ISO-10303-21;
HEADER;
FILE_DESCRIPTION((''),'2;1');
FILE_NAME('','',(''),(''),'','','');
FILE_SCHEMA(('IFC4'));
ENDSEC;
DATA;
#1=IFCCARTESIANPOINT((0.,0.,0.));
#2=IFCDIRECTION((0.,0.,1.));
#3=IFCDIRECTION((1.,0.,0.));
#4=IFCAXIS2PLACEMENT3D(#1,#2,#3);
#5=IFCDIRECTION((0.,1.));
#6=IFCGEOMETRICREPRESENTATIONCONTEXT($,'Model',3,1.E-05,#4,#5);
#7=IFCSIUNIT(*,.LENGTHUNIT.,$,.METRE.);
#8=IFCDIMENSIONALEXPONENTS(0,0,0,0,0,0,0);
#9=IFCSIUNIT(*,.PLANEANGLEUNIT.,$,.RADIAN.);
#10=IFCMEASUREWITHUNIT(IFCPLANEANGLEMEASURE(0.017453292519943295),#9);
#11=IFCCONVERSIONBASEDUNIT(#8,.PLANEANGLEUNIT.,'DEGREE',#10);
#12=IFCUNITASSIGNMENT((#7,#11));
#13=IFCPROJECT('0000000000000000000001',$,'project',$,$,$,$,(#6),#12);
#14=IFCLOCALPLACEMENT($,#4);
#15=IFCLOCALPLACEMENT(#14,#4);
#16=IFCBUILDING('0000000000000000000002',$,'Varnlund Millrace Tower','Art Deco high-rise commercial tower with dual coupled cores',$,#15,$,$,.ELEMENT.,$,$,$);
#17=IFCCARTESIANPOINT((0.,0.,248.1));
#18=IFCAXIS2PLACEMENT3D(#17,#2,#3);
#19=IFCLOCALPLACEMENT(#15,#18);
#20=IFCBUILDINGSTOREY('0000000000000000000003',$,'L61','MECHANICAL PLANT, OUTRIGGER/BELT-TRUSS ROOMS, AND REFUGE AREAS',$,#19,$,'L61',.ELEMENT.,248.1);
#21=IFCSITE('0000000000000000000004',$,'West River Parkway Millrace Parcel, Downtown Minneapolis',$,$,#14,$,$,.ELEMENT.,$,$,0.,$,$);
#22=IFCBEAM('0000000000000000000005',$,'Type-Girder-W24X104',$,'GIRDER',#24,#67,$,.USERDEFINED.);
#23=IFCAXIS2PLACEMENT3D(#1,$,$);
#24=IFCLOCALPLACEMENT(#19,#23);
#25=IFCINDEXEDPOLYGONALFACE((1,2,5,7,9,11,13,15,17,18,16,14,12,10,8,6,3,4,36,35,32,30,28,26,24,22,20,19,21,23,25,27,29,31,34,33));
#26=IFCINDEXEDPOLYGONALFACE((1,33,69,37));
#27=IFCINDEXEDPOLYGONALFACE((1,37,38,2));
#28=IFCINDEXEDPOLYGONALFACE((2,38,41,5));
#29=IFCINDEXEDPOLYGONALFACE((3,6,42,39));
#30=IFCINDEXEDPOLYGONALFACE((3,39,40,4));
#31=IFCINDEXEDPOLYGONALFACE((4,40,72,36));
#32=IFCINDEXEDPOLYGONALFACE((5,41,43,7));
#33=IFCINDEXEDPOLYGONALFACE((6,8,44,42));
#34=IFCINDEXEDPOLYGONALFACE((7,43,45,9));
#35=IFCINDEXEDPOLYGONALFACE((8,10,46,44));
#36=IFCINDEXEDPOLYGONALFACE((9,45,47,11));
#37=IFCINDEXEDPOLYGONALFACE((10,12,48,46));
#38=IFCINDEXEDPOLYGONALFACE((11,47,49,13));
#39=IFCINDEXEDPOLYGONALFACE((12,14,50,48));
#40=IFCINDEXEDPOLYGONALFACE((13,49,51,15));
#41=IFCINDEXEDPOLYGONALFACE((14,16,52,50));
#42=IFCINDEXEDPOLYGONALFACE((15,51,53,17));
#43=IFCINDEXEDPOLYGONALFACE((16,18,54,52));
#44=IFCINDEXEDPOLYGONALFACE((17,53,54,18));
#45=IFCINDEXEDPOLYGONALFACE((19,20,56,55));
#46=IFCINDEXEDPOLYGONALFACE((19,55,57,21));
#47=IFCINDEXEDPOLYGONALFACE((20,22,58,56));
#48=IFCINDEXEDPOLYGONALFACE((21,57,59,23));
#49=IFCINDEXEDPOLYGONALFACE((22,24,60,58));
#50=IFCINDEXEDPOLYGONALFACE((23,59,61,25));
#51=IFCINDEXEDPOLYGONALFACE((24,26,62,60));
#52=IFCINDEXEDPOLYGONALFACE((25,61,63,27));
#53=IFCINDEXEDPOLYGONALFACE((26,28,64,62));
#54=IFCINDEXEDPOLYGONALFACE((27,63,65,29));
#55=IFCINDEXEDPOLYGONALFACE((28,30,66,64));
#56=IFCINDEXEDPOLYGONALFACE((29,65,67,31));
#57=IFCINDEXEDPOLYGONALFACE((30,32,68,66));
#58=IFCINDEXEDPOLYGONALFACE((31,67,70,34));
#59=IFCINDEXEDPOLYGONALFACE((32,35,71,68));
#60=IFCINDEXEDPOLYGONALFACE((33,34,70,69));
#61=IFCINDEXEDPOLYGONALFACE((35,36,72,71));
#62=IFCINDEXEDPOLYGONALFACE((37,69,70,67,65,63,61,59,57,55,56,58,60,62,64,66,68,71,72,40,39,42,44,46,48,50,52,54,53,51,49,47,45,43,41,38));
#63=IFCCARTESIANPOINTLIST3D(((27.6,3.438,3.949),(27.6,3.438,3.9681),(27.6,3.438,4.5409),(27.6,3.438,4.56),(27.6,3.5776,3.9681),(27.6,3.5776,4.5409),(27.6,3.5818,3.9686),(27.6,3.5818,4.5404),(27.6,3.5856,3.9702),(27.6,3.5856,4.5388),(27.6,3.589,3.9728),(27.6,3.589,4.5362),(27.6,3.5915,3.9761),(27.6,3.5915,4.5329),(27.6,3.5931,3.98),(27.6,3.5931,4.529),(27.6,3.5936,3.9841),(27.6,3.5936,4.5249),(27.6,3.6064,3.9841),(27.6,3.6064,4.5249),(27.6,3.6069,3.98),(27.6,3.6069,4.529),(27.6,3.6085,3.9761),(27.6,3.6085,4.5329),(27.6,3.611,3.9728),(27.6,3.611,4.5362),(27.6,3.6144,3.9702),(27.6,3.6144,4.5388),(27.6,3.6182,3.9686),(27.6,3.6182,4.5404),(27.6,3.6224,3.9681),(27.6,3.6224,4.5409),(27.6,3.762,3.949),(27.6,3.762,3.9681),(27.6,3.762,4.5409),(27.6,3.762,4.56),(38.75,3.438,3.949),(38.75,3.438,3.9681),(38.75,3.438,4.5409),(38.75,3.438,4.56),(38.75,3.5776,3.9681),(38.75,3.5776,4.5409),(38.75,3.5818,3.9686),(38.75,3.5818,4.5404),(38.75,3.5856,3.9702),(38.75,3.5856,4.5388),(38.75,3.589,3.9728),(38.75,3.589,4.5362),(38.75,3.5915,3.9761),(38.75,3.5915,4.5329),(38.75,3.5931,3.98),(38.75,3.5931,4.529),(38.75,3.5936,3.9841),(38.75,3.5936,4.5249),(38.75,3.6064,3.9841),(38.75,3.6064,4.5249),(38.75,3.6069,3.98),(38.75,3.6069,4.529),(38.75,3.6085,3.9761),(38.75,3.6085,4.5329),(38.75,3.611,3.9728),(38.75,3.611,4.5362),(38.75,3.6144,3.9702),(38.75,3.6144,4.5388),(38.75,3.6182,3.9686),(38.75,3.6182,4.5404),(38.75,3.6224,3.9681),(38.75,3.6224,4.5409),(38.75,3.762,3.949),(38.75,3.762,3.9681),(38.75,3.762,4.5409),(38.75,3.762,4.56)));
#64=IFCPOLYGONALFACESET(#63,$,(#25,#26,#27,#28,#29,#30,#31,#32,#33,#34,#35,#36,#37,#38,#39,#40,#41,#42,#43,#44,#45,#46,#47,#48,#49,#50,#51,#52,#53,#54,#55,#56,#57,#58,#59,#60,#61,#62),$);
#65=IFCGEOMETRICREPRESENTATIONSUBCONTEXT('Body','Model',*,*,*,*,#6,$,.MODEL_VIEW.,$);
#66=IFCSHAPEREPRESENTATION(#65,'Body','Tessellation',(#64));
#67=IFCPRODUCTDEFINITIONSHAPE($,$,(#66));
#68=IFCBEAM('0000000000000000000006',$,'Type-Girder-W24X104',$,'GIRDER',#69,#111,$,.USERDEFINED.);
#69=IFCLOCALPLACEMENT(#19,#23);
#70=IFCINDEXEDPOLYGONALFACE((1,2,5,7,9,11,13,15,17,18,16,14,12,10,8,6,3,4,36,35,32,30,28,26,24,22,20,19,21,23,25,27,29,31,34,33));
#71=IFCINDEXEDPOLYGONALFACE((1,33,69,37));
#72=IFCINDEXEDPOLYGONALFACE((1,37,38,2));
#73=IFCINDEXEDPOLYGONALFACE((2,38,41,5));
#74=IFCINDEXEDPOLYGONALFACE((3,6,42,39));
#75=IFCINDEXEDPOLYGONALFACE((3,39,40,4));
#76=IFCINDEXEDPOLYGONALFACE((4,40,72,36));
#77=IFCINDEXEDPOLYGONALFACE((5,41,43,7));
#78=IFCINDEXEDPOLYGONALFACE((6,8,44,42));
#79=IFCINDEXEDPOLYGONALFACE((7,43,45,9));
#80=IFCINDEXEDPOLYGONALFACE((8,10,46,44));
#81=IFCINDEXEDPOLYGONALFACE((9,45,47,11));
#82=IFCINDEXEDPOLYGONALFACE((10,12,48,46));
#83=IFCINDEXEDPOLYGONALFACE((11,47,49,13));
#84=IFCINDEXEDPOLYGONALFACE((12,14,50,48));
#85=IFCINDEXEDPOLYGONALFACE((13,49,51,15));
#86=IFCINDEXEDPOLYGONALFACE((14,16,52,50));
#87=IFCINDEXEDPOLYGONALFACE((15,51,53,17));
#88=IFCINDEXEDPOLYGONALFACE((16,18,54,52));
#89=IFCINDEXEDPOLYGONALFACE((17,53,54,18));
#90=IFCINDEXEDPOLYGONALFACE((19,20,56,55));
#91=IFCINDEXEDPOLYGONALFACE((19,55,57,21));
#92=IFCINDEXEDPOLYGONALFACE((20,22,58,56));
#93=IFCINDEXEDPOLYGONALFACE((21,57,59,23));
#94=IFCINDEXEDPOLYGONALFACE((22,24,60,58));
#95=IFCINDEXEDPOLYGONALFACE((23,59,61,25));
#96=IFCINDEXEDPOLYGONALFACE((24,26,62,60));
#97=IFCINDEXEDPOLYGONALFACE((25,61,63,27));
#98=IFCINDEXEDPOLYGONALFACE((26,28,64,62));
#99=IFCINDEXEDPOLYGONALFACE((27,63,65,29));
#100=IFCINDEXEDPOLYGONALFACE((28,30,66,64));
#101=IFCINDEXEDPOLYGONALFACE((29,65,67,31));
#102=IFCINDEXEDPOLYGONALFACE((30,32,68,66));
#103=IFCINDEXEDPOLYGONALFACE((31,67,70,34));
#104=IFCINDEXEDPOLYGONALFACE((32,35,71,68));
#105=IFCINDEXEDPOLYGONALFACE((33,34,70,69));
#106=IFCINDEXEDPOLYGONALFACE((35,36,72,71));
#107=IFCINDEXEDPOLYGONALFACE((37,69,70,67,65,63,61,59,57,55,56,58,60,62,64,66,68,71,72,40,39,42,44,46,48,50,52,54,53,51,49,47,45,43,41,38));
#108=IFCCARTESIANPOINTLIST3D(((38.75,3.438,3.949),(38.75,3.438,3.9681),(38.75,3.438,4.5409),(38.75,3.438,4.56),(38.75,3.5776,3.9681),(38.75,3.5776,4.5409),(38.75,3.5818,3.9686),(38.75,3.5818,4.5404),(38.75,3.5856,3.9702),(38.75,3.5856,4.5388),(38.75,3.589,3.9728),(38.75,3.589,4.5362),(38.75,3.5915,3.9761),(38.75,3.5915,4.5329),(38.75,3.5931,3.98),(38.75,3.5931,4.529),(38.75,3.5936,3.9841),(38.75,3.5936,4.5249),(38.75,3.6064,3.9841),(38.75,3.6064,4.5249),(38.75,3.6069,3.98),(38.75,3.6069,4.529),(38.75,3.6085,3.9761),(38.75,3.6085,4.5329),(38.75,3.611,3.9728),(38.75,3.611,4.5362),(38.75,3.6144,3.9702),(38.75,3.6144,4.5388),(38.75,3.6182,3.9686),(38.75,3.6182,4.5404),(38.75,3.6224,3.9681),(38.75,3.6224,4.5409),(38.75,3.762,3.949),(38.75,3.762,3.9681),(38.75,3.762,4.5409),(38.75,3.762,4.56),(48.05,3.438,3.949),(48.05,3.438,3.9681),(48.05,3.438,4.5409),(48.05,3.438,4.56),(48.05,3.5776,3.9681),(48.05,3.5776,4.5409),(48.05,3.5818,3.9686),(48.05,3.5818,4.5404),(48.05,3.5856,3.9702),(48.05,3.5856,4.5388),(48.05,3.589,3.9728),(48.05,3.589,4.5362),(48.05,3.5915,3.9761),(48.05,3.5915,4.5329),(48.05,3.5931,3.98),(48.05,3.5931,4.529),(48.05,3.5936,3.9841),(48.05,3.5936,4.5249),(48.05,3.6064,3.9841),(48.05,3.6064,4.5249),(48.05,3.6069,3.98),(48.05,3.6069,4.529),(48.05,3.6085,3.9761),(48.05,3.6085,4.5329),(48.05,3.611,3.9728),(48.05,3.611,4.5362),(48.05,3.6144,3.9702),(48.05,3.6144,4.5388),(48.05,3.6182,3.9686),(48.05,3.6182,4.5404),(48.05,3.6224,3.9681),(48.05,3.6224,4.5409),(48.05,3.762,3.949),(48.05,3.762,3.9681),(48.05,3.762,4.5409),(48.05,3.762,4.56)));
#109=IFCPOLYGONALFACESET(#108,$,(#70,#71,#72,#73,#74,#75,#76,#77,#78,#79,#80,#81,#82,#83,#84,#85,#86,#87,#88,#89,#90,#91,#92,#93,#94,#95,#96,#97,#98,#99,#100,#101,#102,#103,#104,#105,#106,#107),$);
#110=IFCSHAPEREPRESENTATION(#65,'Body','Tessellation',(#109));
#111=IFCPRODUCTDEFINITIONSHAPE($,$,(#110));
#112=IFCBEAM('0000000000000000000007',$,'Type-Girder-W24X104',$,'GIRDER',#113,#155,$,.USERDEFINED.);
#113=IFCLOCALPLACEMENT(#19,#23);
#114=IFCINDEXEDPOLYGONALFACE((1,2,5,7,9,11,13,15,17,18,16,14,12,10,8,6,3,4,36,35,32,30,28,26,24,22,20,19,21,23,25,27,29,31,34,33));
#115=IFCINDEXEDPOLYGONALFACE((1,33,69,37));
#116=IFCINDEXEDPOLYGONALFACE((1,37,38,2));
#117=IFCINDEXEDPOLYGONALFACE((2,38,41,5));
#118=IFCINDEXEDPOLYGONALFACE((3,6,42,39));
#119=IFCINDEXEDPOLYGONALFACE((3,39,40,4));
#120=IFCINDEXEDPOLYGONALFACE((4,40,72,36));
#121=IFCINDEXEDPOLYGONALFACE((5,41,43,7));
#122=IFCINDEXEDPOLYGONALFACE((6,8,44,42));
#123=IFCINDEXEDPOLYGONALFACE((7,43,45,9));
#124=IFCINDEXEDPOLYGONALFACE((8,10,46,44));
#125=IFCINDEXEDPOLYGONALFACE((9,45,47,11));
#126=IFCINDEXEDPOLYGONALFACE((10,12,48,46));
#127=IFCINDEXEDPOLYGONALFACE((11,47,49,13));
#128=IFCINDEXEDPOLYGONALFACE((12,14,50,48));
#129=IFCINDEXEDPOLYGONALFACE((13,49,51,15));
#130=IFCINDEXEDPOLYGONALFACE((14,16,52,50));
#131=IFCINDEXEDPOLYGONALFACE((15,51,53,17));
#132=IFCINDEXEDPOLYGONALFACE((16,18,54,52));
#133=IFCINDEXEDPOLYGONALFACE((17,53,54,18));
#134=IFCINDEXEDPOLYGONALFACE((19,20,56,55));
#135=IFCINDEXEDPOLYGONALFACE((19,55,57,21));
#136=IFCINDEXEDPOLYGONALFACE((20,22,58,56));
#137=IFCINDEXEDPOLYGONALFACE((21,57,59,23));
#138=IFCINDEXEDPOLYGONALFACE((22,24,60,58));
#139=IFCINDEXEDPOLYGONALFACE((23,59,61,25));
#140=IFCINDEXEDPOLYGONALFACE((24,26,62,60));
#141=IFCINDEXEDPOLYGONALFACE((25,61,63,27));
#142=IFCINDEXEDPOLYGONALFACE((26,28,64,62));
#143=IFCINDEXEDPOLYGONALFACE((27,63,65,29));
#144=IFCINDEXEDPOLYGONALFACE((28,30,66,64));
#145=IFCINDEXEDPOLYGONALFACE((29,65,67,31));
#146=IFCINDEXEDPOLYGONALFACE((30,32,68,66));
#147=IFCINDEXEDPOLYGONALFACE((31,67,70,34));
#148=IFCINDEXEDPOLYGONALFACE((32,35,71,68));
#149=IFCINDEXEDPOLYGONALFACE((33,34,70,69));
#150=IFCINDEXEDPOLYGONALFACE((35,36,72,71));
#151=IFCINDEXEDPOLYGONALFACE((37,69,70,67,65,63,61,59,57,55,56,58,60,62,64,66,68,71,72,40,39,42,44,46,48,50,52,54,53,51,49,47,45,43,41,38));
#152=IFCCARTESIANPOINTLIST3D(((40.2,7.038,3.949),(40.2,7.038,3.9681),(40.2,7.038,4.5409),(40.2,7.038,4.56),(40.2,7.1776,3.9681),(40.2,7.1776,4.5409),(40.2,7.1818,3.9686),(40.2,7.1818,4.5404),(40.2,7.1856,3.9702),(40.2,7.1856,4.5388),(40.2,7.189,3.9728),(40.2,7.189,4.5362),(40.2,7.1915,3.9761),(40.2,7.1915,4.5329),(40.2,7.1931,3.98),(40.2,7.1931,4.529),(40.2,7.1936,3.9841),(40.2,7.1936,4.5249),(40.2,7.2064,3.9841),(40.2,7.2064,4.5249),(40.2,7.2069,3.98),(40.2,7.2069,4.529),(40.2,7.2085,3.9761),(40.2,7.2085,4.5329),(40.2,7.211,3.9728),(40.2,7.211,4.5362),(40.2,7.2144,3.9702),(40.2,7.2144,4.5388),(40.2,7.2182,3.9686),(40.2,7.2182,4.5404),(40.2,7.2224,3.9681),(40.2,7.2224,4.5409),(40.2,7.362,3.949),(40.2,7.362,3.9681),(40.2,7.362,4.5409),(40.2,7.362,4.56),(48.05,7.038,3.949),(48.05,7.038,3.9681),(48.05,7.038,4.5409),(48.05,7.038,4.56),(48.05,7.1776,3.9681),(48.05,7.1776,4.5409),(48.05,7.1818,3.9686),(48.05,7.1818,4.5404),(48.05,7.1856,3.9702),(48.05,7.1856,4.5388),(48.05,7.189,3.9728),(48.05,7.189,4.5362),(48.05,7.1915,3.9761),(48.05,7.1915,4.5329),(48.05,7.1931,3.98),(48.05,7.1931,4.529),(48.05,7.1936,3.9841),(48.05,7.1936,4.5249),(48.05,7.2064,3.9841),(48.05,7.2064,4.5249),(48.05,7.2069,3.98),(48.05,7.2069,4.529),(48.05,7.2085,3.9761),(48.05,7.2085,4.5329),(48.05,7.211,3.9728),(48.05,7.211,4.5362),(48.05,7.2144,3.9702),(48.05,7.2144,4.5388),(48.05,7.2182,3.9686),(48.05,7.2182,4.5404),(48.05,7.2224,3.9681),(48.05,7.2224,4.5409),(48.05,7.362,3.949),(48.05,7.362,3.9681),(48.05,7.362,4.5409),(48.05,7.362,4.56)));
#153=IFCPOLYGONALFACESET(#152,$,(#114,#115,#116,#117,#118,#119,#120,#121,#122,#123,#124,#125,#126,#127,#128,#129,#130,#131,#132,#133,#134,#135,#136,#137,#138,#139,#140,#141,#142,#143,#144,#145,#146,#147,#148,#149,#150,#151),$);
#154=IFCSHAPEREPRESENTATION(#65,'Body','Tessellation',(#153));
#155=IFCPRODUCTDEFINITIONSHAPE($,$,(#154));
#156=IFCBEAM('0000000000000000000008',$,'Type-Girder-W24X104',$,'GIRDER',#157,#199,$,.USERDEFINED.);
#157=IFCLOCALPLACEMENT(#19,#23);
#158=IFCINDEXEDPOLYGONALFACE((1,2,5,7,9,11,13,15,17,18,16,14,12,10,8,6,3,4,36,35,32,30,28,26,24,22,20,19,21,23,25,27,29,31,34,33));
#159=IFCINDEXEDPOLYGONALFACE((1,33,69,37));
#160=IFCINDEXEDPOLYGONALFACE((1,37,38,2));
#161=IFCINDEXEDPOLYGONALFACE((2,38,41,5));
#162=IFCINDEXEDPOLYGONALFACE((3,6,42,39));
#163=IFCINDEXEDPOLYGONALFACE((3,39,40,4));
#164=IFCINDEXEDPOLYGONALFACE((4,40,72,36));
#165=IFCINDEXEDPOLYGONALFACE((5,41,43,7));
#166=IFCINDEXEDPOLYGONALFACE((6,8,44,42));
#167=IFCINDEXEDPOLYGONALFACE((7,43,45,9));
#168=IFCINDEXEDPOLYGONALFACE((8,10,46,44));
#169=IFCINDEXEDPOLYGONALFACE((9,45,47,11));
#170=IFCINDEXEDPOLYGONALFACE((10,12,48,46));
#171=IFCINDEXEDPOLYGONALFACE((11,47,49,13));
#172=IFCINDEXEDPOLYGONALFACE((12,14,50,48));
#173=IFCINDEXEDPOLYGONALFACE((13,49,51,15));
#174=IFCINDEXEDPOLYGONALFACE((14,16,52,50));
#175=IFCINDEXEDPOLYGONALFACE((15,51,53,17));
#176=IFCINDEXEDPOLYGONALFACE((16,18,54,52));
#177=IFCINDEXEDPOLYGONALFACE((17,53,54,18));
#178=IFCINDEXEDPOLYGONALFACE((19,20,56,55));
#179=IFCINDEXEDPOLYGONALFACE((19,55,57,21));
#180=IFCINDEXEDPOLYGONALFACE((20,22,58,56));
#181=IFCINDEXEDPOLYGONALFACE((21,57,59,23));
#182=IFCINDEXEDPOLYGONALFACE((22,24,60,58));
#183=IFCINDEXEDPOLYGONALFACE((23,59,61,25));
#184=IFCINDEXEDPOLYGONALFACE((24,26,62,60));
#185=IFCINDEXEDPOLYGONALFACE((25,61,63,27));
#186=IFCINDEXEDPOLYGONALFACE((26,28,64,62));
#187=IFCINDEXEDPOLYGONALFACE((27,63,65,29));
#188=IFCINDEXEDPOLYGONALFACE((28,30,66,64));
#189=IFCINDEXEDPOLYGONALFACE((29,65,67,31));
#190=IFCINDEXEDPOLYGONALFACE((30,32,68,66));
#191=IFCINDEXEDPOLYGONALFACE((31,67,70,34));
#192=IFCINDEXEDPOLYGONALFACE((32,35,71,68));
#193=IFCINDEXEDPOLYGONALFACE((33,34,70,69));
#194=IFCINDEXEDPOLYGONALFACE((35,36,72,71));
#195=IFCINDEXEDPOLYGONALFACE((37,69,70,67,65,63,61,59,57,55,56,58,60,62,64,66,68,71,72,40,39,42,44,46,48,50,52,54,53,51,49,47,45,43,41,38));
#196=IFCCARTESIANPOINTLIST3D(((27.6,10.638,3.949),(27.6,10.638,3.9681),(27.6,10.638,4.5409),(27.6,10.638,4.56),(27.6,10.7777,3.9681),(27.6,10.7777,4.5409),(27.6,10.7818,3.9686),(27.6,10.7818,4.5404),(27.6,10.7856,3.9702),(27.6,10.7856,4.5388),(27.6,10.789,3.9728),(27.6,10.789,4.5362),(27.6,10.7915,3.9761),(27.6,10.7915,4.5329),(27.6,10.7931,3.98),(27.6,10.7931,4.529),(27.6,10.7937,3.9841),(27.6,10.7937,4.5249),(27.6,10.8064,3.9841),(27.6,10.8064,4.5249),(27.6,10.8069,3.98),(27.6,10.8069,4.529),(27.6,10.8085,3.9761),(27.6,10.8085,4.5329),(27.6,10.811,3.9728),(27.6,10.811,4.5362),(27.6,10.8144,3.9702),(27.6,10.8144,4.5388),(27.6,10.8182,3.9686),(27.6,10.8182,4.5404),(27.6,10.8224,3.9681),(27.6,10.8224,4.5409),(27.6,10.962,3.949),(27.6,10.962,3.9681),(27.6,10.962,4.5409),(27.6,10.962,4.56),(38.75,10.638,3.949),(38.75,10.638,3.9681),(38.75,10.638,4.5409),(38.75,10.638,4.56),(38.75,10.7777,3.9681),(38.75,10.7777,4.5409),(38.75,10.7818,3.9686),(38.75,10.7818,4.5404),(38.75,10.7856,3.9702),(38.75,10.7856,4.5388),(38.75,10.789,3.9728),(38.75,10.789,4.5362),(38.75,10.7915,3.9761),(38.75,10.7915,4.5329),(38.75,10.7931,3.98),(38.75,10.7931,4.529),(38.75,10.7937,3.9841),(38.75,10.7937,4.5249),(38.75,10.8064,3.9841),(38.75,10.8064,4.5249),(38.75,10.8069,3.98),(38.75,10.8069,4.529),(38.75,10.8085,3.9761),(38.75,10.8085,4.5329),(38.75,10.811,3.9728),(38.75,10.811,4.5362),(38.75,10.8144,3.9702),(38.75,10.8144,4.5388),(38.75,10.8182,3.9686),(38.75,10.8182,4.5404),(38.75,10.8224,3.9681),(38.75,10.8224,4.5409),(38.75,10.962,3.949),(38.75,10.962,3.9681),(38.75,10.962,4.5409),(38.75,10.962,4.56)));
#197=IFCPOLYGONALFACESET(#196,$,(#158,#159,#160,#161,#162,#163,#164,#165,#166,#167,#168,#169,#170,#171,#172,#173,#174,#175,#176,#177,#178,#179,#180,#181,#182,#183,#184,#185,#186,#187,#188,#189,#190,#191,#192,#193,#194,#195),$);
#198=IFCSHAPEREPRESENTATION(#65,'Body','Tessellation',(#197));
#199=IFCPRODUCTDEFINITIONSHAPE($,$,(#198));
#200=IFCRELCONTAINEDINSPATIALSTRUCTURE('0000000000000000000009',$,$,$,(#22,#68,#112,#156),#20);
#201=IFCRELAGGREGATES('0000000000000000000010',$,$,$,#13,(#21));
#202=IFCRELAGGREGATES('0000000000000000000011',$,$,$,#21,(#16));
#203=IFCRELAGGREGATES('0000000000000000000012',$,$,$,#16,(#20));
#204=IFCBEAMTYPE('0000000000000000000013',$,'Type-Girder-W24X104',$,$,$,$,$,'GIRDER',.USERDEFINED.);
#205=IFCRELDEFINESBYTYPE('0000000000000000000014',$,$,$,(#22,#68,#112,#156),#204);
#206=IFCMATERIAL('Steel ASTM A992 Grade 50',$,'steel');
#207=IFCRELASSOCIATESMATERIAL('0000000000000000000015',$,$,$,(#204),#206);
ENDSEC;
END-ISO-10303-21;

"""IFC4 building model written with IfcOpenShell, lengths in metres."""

from ifc_helpers import new_model, entity, si_unit, converted_unit, direction, frame, origin_with_axes, origin_2d_with_axis, place, context, subcontext, project, spatial, i_section, extrude, material, material_profile, profile_set, type_object, element, save


model = new_model("IFC4")

# Units and contexts
model_context = context("Model", 3, precision=1e-05, world=origin_with_axes(), true_north=direction((0.0, 1.0)))
body_context = subcontext(model_context, "Body", "Model", "MODEL_VIEW")
ifc_project = project(units=[si_unit("LENGTHUNIT", "METRE"), converted_unit("PLANEANGLEUNIT", "DEGREE", entity("IfcPlaneAngleMeasure", 0.017453292519943295), si_unit("PLANEANGLEUNIT", "RADIAN"), dimensions=[0, 0, 0, 0, 0, 0, 0])], contexts=[model_context])

# Site, building, storey
site_placement = place(None, origin_with_axes())
site = spatial("IfcSite", under=ifc_project, at=site_placement, Name="West River Parkway Millrace Parcel, Downtown Minneapolis", CompositionType="ELEMENT", RefElevation=0.0)
building_placement = place(site_placement, origin_with_axes())
building = spatial("IfcBuilding", under=site, at=building_placement, Name="Varnlund Millrace Tower", Description="Art Deco high-rise commercial tower with dual coupled cores", CompositionType="ELEMENT")
storey_placement = place(building_placement, frame((0.0, 0.0, 248.1), z_axis=(0.0, 0.0, 1.0), x_axis=(1.0, 0.0, 0.0)))
storey = spatial("IfcBuildingStorey", under=building, at=storey_placement, Name="L61", Description="MECHANICAL PLANT, OUTRIGGER/BELT-TRUSS ROOMS, AND REFUGE AREAS", LongName="L61", CompositionType="ELEMENT", Elevation=248.1)

# Shared definitions
ifc_material_1 = material(Name="Steel ASTM A992 Grade 50", Category="steel")

# Beams
ifc_material_profile_1 = material_profile(ifc_material_1, i_section(OverallWidth=0.324, OverallDepth=0.611, WebThickness=0.0127, FlangeThickness=0.0191, FilletRadius=0.016, at=origin_2d_with_axis()), Name="Steel ASTM A992 Grade 50")
ifc_profile_set_1 = profile_set([ifc_material_profile_1], Name="Steel ASTM A992 Grade 50")
beam_type_1 = type_object("IfcBeamType", Name="Type-Girder-W24X104", ElementType="GIRDER", PredefinedType="USERDEFINED", material=ifc_profile_set_1)
beam_1_placement = place(storey_placement, frame((27.6, 3.6, 4.2545), z_axis=(1.0, 0.0, 0.0), x_axis=(0.0, 1.0, 0.0)))
element("IfcBeam", 1, at=beam_1_placement, inside=storey, type_object=beam_type_1, Name="Type-Girder-W24X104", ObjectType="GIRDER", PredefinedType="USERDEFINED", context=body_context, shape_type="SweptSolid", body=[
    extrude(i_section(OverallWidth=0.324, OverallDepth=0.611, WebThickness=0.0127, FlangeThickness=0.0191, FilletRadius=0.016, at=origin_2d_with_axis()), origin_with_axes(), (0.0, 0.0, 1.0), 11.15),
])
beam_2_placement = place(storey_placement, frame((38.75, 3.6, 4.2545), z_axis=(1.0, 0.0, 0.0), x_axis=(0.0, 1.0, 0.0)))
element("IfcBeam", 2, at=beam_2_placement, inside=storey, type_object=beam_type_1, Name="Type-Girder-W24X104", ObjectType="GIRDER", PredefinedType="USERDEFINED", context=body_context, shape_type="SweptSolid", body=[
    extrude(i_section(OverallWidth=0.324, OverallDepth=0.611, WebThickness=0.0127, FlangeThickness=0.0191, FilletRadius=0.016, at=origin_2d_with_axis()), origin_with_axes(), (0.0, 0.0, 1.0), 9.3),
])
beam_3_placement = place(storey_placement, frame((40.2, 7.2, 4.2545), z_axis=(1.0, 0.0, 0.0), x_axis=(0.0, 1.0, 0.0)))
element("IfcBeam", 3, at=beam_3_placement, inside=storey, type_object=beam_type_1, Name="Type-Girder-W24X104", ObjectType="GIRDER", PredefinedType="USERDEFINED", context=body_context, shape_type="SweptSolid", body=[
    extrude(i_section(OverallWidth=0.324, OverallDepth=0.611, WebThickness=0.0127, FlangeThickness=0.0191, FilletRadius=0.016, at=origin_2d_with_axis()), origin_with_axes(), (0.0, 0.0, 1.0), 7.85),
])
beam_4_placement = place(storey_placement, frame((27.6, 10.8, 4.2545), z_axis=(1.0, 0.0, 0.0), x_axis=(0.0, 1.0, 0.0)))
element("IfcBeam", 4, at=beam_4_placement, inside=storey, type_object=beam_type_1, Name="Type-Girder-W24X104", ObjectType="GIRDER", PredefinedType="USERDEFINED", context=body_context, shape_type="SweptSolid", body=[
    extrude(i_section(OverallWidth=0.324, OverallDepth=0.611, WebThickness=0.0127, FlangeThickness=0.0191, FilletRadius=0.016, at=origin_2d_with_axis()), origin_with_axes(), (0.0, 0.0, 1.0), 11.15),
])

save(model, "model.ifc")
